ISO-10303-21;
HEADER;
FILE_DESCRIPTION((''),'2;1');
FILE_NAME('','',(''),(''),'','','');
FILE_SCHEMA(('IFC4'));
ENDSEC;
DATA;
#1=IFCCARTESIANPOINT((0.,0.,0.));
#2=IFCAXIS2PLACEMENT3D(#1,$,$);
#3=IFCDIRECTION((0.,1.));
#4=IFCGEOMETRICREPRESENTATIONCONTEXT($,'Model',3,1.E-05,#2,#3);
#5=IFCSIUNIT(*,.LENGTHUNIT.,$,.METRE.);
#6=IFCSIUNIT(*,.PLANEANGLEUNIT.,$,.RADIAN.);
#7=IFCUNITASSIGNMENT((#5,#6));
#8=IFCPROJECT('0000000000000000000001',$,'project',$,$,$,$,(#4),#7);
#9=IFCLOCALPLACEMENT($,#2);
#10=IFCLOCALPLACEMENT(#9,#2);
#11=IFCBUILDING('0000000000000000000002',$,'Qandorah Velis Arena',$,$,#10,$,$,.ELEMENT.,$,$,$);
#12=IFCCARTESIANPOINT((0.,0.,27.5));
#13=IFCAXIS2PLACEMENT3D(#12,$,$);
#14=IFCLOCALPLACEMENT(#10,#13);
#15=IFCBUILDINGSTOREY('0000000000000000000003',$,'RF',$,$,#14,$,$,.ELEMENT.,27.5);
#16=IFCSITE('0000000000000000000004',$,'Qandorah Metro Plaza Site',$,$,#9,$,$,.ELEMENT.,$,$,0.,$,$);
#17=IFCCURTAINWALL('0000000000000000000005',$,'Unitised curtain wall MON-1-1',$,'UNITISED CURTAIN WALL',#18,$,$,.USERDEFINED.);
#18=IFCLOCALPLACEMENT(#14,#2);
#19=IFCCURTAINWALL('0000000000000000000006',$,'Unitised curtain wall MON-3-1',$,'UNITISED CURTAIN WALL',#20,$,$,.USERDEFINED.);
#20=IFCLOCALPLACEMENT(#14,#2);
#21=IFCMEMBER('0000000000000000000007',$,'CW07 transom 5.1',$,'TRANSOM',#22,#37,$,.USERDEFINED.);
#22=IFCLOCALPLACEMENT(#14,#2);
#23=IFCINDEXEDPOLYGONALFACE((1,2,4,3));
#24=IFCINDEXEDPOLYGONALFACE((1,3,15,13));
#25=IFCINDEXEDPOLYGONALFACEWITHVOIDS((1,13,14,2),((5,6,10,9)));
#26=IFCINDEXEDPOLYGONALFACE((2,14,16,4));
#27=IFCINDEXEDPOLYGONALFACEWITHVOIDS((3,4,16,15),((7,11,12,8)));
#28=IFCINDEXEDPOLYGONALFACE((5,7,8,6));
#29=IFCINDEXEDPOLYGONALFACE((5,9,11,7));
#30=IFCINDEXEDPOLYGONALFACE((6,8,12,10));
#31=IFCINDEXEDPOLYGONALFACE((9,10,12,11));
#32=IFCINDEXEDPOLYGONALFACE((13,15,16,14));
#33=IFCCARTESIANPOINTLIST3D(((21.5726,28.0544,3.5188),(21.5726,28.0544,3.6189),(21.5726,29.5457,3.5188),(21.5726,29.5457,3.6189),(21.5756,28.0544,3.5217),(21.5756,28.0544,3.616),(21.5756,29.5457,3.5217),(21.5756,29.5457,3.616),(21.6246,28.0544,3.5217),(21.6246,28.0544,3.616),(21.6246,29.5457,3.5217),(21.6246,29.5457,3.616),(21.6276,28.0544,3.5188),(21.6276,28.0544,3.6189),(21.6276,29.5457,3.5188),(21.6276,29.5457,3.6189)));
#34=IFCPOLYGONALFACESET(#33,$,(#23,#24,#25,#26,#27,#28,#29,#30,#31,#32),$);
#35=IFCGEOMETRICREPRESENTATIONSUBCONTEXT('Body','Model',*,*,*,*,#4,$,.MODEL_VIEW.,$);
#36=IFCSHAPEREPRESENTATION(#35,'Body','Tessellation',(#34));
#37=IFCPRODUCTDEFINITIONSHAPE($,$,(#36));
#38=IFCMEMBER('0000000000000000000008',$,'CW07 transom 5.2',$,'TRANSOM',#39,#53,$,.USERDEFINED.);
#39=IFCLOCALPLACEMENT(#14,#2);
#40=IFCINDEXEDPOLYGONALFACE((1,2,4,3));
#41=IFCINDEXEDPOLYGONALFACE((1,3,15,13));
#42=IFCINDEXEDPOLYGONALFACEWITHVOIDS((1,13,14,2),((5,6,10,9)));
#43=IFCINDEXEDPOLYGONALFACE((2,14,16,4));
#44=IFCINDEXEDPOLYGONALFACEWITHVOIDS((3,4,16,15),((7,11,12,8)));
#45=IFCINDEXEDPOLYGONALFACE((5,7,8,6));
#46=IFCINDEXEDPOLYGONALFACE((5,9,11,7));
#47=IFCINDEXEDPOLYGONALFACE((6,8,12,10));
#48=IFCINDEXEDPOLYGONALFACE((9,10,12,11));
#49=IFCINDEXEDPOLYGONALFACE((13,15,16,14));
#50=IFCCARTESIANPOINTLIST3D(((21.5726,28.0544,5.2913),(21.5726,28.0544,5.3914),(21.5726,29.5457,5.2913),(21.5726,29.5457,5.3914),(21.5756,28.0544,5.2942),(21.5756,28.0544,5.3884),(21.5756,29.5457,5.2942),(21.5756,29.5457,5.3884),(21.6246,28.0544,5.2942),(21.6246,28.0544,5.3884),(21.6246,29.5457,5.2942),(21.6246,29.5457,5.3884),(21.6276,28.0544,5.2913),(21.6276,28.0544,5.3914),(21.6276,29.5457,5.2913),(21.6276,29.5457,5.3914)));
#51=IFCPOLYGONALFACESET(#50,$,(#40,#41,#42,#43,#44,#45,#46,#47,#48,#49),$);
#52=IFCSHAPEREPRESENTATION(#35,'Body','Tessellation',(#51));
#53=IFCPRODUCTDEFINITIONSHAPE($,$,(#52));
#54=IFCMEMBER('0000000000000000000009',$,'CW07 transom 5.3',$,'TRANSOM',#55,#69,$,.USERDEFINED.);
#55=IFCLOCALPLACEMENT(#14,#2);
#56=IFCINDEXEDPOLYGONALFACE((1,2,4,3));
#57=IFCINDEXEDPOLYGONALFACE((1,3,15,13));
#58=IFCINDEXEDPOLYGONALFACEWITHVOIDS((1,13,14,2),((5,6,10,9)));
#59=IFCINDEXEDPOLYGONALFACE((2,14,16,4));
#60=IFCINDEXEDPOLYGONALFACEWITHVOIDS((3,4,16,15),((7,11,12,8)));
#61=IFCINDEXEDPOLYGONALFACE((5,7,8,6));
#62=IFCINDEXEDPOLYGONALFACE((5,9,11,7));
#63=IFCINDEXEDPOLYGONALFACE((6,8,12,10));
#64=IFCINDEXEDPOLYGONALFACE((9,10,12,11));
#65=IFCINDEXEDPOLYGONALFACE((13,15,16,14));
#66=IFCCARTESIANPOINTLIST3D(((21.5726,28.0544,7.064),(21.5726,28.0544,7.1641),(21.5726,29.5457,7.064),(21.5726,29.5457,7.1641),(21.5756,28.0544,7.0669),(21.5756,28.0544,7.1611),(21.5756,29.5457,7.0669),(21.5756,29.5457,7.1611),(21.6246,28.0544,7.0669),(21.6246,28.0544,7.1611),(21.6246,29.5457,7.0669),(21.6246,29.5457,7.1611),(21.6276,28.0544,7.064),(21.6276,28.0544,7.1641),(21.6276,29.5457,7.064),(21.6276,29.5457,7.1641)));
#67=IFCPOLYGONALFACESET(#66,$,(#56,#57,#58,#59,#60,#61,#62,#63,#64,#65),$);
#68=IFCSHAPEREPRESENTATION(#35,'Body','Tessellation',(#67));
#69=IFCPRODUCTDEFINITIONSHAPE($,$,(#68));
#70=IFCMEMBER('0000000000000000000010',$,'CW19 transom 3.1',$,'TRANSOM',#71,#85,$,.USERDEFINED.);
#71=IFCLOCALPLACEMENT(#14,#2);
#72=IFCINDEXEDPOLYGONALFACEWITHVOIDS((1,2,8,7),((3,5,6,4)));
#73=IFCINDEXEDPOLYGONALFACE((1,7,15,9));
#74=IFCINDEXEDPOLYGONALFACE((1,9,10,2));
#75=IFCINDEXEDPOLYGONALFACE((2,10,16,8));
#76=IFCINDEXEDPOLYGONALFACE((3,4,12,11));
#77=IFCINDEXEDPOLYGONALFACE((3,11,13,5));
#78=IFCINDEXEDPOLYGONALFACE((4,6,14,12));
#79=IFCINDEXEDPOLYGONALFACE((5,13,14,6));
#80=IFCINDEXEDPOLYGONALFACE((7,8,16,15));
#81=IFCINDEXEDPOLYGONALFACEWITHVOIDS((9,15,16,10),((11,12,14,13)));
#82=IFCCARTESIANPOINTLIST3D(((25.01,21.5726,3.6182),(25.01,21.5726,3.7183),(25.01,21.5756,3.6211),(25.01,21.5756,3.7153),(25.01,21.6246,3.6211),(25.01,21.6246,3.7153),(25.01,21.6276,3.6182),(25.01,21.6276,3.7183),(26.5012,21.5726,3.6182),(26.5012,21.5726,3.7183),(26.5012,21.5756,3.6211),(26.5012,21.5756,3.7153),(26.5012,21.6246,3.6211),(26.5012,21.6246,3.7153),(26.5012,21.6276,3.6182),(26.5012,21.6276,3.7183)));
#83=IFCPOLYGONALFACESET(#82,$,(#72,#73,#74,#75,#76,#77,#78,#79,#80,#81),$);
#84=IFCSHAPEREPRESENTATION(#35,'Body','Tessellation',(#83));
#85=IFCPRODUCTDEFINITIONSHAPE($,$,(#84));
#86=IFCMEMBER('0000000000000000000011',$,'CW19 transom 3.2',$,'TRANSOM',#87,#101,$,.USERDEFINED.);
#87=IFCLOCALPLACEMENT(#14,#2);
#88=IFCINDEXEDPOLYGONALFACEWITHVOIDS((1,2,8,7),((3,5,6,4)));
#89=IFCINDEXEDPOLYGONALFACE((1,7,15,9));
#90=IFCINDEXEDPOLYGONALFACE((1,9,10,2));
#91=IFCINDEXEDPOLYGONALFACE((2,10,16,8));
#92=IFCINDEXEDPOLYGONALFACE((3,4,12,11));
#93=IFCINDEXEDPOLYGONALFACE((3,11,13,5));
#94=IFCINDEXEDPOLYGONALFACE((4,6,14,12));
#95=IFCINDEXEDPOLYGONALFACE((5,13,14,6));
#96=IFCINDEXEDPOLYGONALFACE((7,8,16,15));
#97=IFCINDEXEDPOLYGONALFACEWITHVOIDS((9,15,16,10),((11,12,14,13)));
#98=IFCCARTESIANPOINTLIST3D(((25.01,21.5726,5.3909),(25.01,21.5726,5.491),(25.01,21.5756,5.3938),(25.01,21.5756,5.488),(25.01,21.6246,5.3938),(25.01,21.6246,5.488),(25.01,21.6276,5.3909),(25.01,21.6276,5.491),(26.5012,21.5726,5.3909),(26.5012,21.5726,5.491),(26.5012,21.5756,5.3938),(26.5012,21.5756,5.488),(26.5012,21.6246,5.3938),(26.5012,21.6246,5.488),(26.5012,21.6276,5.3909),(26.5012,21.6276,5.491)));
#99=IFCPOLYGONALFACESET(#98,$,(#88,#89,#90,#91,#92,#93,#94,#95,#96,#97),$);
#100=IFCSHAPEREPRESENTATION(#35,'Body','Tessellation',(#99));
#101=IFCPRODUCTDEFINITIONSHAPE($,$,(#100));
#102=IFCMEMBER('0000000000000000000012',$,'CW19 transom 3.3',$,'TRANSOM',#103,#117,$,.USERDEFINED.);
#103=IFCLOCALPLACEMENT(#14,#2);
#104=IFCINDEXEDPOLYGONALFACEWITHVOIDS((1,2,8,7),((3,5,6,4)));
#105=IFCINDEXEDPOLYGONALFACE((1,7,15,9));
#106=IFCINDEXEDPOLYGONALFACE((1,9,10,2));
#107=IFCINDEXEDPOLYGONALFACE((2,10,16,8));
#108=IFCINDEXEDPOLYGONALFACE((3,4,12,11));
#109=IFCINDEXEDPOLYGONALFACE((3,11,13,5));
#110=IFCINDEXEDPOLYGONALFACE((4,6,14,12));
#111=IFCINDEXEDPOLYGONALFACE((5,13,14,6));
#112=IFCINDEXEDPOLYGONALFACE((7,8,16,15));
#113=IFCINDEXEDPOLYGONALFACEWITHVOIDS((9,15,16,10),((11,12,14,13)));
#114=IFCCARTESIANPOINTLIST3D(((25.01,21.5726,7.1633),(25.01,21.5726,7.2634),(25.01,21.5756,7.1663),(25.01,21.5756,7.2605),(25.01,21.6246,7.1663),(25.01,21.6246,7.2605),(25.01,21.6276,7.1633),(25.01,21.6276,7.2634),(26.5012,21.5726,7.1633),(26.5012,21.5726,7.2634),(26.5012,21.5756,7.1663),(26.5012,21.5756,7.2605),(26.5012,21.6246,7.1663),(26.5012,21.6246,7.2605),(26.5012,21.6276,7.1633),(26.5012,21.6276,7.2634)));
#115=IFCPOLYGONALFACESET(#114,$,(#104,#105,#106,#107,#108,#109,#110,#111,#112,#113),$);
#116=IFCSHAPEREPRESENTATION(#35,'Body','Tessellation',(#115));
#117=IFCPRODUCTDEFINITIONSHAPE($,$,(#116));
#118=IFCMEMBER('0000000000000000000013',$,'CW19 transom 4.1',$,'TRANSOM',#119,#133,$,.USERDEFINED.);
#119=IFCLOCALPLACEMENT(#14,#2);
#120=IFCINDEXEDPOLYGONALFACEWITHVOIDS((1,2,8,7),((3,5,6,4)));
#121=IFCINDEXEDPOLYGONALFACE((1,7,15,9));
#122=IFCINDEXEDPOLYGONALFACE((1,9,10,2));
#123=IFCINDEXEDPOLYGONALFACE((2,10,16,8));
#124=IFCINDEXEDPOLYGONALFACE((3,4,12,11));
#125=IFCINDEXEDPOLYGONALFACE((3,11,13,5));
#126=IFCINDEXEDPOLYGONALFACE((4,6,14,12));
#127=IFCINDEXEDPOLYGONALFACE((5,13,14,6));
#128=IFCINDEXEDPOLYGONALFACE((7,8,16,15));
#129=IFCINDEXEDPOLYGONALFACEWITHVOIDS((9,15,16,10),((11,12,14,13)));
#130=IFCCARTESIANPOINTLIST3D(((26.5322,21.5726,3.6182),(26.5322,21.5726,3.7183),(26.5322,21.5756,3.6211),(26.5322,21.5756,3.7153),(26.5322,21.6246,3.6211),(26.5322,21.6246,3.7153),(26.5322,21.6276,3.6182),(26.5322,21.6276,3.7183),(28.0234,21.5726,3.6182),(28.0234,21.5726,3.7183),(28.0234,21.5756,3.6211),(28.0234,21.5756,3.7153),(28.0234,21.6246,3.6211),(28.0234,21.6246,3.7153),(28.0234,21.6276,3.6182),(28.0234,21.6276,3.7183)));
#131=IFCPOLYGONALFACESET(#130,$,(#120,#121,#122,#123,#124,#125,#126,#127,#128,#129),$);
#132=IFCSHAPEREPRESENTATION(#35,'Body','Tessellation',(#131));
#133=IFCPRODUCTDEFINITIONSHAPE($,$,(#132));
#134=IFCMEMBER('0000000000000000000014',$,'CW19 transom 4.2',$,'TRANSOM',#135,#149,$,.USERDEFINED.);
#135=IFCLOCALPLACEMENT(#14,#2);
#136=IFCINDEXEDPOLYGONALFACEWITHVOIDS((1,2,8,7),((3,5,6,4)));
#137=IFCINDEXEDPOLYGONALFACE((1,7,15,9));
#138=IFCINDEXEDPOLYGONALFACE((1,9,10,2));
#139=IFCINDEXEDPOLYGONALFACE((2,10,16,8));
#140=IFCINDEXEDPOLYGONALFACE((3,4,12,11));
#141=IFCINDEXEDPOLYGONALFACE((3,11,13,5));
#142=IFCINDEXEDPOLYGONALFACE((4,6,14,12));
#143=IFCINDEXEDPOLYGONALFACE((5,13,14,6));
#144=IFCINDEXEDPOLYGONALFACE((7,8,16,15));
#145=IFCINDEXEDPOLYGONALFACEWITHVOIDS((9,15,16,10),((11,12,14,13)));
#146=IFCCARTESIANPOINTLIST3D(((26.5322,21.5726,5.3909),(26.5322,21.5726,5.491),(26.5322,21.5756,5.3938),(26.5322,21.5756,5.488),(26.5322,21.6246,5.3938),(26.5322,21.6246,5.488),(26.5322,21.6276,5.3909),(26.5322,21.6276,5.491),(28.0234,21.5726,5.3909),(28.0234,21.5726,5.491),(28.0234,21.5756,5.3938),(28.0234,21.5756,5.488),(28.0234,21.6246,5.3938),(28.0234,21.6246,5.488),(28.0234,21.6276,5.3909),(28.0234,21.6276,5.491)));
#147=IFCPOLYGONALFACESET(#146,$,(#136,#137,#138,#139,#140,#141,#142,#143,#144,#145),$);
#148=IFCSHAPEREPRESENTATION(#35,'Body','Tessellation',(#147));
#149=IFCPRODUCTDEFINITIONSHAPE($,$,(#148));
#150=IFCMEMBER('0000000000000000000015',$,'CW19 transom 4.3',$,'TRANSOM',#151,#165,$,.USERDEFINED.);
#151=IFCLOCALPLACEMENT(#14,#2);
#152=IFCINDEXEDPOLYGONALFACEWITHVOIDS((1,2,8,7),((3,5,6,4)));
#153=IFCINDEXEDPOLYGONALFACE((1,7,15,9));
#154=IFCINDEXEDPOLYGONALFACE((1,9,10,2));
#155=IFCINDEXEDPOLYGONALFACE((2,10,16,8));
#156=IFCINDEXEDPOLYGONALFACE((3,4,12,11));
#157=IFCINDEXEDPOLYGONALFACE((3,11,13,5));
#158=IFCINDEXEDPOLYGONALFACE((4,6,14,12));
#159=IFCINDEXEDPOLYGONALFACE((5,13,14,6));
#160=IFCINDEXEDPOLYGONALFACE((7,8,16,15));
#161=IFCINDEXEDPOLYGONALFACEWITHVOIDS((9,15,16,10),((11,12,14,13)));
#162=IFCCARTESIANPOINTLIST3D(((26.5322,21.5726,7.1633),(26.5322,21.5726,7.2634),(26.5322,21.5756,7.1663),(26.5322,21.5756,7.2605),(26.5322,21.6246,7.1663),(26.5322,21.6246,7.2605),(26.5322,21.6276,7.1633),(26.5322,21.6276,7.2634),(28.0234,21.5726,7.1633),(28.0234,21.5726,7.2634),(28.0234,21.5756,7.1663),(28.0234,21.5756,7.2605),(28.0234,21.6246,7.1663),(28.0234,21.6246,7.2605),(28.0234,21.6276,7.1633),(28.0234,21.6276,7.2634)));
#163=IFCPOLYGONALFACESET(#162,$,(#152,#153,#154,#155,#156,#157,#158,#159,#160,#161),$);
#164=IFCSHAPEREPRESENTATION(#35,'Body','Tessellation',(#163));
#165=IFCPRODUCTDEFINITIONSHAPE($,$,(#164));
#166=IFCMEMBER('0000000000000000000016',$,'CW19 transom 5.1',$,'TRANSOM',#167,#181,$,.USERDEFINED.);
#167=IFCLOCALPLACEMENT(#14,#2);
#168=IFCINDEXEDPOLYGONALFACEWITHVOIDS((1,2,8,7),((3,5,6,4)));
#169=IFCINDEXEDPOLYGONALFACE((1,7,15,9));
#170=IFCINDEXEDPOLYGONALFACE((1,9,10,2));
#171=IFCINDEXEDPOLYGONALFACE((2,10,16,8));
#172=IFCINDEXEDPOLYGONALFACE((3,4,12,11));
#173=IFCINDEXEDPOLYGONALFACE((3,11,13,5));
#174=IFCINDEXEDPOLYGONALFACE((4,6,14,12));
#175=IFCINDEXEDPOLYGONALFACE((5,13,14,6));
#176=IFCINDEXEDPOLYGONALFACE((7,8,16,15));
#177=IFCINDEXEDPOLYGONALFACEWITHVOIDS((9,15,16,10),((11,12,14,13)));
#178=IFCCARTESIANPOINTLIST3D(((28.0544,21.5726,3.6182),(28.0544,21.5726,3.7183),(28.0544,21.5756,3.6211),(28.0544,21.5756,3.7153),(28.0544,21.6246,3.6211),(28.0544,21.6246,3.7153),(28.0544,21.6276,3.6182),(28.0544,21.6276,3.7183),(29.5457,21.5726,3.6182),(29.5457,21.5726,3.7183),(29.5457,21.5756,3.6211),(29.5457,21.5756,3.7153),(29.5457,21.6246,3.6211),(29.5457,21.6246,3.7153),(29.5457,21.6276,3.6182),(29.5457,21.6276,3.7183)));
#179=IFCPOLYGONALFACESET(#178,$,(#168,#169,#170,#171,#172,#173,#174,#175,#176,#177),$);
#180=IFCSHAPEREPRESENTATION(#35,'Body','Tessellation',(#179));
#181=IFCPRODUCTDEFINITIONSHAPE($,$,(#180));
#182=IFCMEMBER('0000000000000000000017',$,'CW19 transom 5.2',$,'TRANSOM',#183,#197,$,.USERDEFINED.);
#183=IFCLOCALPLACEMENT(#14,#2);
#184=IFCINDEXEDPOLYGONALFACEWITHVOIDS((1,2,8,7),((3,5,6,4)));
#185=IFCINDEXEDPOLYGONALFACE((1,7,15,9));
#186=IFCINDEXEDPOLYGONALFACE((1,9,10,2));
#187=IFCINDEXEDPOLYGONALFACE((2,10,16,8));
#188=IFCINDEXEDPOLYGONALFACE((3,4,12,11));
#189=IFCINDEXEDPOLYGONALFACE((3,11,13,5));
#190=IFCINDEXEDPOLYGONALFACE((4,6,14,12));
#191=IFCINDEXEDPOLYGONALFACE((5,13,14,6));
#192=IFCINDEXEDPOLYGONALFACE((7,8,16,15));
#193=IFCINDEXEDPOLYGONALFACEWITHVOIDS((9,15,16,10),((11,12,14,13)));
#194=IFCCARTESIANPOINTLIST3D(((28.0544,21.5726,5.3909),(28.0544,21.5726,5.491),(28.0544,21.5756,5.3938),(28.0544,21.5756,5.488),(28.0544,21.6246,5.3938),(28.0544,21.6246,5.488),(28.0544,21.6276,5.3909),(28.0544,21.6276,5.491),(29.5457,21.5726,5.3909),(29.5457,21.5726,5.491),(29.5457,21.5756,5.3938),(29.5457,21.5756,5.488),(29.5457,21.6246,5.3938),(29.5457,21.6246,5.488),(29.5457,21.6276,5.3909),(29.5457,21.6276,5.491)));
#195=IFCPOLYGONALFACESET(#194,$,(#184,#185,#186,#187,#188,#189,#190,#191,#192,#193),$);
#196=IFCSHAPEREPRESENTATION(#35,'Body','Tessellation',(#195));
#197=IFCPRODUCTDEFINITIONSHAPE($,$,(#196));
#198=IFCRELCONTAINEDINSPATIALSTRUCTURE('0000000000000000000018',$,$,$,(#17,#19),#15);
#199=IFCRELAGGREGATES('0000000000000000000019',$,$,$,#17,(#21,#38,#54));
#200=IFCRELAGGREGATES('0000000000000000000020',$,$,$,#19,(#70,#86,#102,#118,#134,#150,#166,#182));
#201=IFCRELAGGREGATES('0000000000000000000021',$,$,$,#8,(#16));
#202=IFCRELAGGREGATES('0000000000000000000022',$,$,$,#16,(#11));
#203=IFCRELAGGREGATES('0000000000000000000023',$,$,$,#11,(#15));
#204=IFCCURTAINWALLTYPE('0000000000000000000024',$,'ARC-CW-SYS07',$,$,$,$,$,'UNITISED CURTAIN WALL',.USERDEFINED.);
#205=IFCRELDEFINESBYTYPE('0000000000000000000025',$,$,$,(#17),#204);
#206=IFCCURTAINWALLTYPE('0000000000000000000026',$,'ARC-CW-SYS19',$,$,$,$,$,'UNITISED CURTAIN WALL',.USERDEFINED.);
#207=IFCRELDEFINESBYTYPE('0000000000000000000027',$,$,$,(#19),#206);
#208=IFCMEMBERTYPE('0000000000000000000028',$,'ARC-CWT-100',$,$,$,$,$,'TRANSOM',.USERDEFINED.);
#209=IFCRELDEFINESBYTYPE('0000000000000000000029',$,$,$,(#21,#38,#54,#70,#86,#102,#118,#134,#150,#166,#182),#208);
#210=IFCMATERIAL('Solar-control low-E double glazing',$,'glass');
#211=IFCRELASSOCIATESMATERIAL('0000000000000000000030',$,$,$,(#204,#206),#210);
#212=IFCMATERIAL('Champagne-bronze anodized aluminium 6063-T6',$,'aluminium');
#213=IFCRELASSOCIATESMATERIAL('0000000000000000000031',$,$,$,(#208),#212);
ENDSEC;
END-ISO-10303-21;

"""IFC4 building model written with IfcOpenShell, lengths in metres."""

from ifc_helpers import new_model, si_unit, direction, frame, origin, origin_2d, place, context, subcontext, project, spatial, hollow_rectangle, extrude, material, material_profile, profile_set, type_object, element, aggregate, save


model = new_model("IFC4")

# Units and contexts
model_context = context("Model", 3, precision=1e-05, world=origin(), true_north=direction((0.0, 1.0)))
body_context = subcontext(model_context, "Body", "Model", "MODEL_VIEW")
ifc_project = project(units=[si_unit("LENGTHUNIT", "METRE"), si_unit("PLANEANGLEUNIT", "RADIAN")], contexts=[model_context])

# Site, building, storey
site_placement = place(None, origin())
site = spatial("IfcSite", under=ifc_project, at=site_placement, Name="Qandorah Metro Plaza Site", CompositionType="ELEMENT", RefElevation=0.0)
building_placement = place(site_placement, origin())
building = spatial("IfcBuilding", under=site, at=building_placement, Name="Qandorah Velis Arena", CompositionType="ELEMENT")
storey_placement = place(building_placement, frame((0.0, 0.0, 27.5)))
storey = spatial("IfcBuildingStorey", under=building, at=storey_placement, Name="RF", CompositionType="ELEMENT", Elevation=27.5)

# Curtain walls
ifc_material_1 = material(Name="Solar-control low-E double glazing", Category="glass")
curtain_wall_type_1 = type_object("IfcCurtainWallType", Name="ARC-CW-SYS07", ElementType="UNITISED CURTAIN WALL", PredefinedType="USERDEFINED", material=ifc_material_1)
curtain_wall_1_placement = place(storey_placement, origin())
curtain_wall_1 = element("IfcCurtainWall", 1, at=curtain_wall_1_placement, inside=storey, type_object=curtain_wall_type_1, Name="Unitised curtain wall MON-1-1", ObjectType="UNITISED CURTAIN WALL", PredefinedType="USERDEFINED")
ifc_material_2 = material(Name="Champagne-bronze anodized aluminium 6063-T6", Category="aluminium")
curtain_wall_type_2 = type_object("IfcCurtainWallType", Name="ARC-CW-SYS19", ElementType="UNITISED CURTAIN WALL", PredefinedType="USERDEFINED", material=ifc_material_1)
curtain_wall_2_placement = place(storey_placement, origin())
curtain_wall_2 = element("IfcCurtainWall", 2, at=curtain_wall_2_placement, inside=storey, type_object=curtain_wall_type_2, Name="Unitised curtain wall MON-3-1", ObjectType="UNITISED CURTAIN WALL", PredefinedType="USERDEFINED")

# Members
ifc_material_profile_1 = material_profile(ifc_material_2, hollow_rectangle(XDim=0.0549, YDim=0.1001, WallThickness=0.0029, at=origin_2d()), Name="ALU TRANSOM 55x100")
ifc_profile_set_1 = profile_set([ifc_material_profile_1], Name="Champagne-bronze anodized aluminium 6063-T6")
member_type_1 = type_object("IfcMemberType", Name="ARC-CWT-100", ElementType="TRANSOM", PredefinedType="USERDEFINED", material=ifc_profile_set_1)
member_1_placement = place(storey_placement, frame((21.6001, 28.0544, 3.5688), z_axis=(0.0, 1.0, 0.0), x_axis=(-1.0, 0.0, 0.0)))
member_1 = element("IfcMember", 3, at=member_1_placement, type_object=member_type_1, Name="CW07 transom 5.1", ObjectType="TRANSOM", PredefinedType="USERDEFINED", context=body_context, shape_type="SweptSolid", body=[
    extrude(hollow_rectangle(XDim=0.0549, YDim=0.1001, WallThickness=0.0029, at=origin_2d()), origin(), (0.0, 0.0, 1.0), 1.4912),
])
member_2_placement = place(storey_placement, frame((21.6001, 28.0544, 5.3413), z_axis=(0.0, 1.0, 0.0), x_axis=(-1.0, 0.0, 0.0)))
member_2 = element("IfcMember", 4, at=member_2_placement, type_object=member_type_1, Name="CW07 transom 5.2", ObjectType="TRANSOM", PredefinedType="USERDEFINED", context=body_context, shape_type="SweptSolid", body=[
    extrude(hollow_rectangle(XDim=0.0549, YDim=0.1001, WallThickness=0.0029, at=origin_2d()), origin(), (0.0, 0.0, 1.0), 1.4912),
])
member_3_placement = place(storey_placement, frame((21.6001, 28.0544, 7.114), z_axis=(0.0, 1.0, 0.0), x_axis=(-1.0, 0.0, 0.0)))
member_3 = element("IfcMember", 5, at=member_3_placement, type_object=member_type_1, Name="CW07 transom 5.3", ObjectType="TRANSOM", PredefinedType="USERDEFINED", context=body_context, shape_type="SweptSolid", body=[
    extrude(hollow_rectangle(XDim=0.0549, YDim=0.1001, WallThickness=0.0029, at=origin_2d()), origin(), (0.0, 0.0, 1.0), 1.4912),
])
member_4_placement = place(storey_placement, frame((25.01, 21.6001, 3.6682), z_axis=(1.0, 0.0, 0.0), x_axis=(0.0, 1.0, 0.0)))
member_4 = element("IfcMember", 6, at=member_4_placement, type_object=member_type_1, Name="CW19 transom 3.1", ObjectType="TRANSOM", PredefinedType="USERDEFINED", context=body_context, shape_type="SweptSolid", body=[
    extrude(hollow_rectangle(XDim=0.0549, YDim=0.1001, WallThickness=0.0029, at=origin_2d()), origin(), (0.0, 0.0, 1.0), 1.4912),
])
member_5_placement = place(storey_placement, frame((25.01, 21.6001, 5.4409), z_axis=(1.0, 0.0, 0.0), x_axis=(0.0, 1.0, 0.0)))
member_5 = element("IfcMember", 7, at=member_5_placement, type_object=member_type_1, Name="CW19 transom 3.2", ObjectType="TRANSOM", PredefinedType="USERDEFINED", context=body_context, shape_type="SweptSolid", body=[
    extrude(hollow_rectangle(XDim=0.0549, YDim=0.1001, WallThickness=0.0029, at=origin_2d()), origin(), (0.0, 0.0, 1.0), 1.4912),
])
member_6_placement = place(storey_placement, frame((25.01, 21.6001, 7.2134), z_axis=(1.0, 0.0, 0.0), x_axis=(0.0, 1.0, 0.0)))
member_6 = element("IfcMember", 8, at=member_6_placement, type_object=member_type_1, Name="CW19 transom 3.3", ObjectType="TRANSOM", PredefinedType="USERDEFINED", context=body_context, shape_type="SweptSolid", body=[
    extrude(hollow_rectangle(XDim=0.0549, YDim=0.1001, WallThickness=0.0029, at=origin_2d()), origin(), (0.0, 0.0, 1.0), 1.4912),
])
member_7_placement = place(storey_placement, frame((26.5322, 21.6001, 3.6682), z_axis=(1.0, 0.0, 0.0), x_axis=(0.0, 1.0, 0.0)))
member_7 = element("IfcMember", 9, at=member_7_placement, type_object=member_type_1, Name="CW19 transom 4.1", ObjectType="TRANSOM", PredefinedType="USERDEFINED", context=body_context, shape_type="SweptSolid", body=[
    extrude(hollow_rectangle(XDim=0.0549, YDim=0.1001, WallThickness=0.0029, at=origin_2d()), origin(), (0.0, 0.0, 1.0), 1.4912),
])
member_8_placement = place(storey_placement, frame((26.5322, 21.6001, 5.4409), z_axis=(1.0, 0.0, 0.0), x_axis=(0.0, 1.0, 0.0)))
member_8 = element("IfcMember", 10, at=member_8_placement, type_object=member_type_1, Name="CW19 transom 4.2", ObjectType="TRANSOM", PredefinedType="USERDEFINED", context=body_context, shape_type="SweptSolid", body=[
    extrude(hollow_rectangle(XDim=0.0549, YDim=0.1001, WallThickness=0.0029, at=origin_2d()), origin(), (0.0, 0.0, 1.0), 1.4912),
])
member_9_placement = place(storey_placement, frame((26.5322, 21.6001, 7.2134), z_axis=(1.0, 0.0, 0.0), x_axis=(0.0, 1.0, 0.0)))
member_9 = element("IfcMember", 11, at=member_9_placement, type_object=member_type_1, Name="CW19 transom 4.3", ObjectType="TRANSOM", PredefinedType="USERDEFINED", context=body_context, shape_type="SweptSolid", body=[
    extrude(hollow_rectangle(XDim=0.0549, YDim=0.1001, WallThickness=0.0029, at=origin_2d()), origin(), (0.0, 0.0, 1.0), 1.4912),
])
member_10_placement = place(storey_placement, frame((28.0544, 21.6001, 3.6682), z_axis=(1.0, 0.0, 0.0), x_axis=(0.0, 1.0, 0.0)))
member_10 = element("IfcMember", 12, at=member_10_placement, type_object=member_type_1, Name="CW19 transom 5.1", ObjectType="TRANSOM", PredefinedType="USERDEFINED", context=body_context, shape_type="SweptSolid", body=[
    extrude(hollow_rectangle(XDim=0.0549, YDim=0.1001, WallThickness=0.0029, at=origin_2d()), origin(), (0.0, 0.0, 1.0), 1.4912),
])
member_11_placement = place(storey_placement, frame((28.0544, 21.6001, 5.4409), z_axis=(1.0, 0.0, 0.0), x_axis=(0.0, 1.0, 0.0)))
member_11 = element("IfcMember", 13, at=member_11_placement, type_object=member_type_1, Name="CW19 transom 5.2", ObjectType="TRANSOM", PredefinedType="USERDEFINED", context=body_context, shape_type="SweptSolid", body=[
    extrude(hollow_rectangle(XDim=0.0549, YDim=0.1001, WallThickness=0.0029, at=origin_2d()), origin(), (0.0, 0.0, 1.0), 1.4912),
])

aggregate(curtain_wall_1, [member_1, member_2, member_3])
aggregate(curtain_wall_2, [member_4, member_5, member_6, member_7, member_8, member_9, member_10, member_11])

save(model, "model.ifc")
